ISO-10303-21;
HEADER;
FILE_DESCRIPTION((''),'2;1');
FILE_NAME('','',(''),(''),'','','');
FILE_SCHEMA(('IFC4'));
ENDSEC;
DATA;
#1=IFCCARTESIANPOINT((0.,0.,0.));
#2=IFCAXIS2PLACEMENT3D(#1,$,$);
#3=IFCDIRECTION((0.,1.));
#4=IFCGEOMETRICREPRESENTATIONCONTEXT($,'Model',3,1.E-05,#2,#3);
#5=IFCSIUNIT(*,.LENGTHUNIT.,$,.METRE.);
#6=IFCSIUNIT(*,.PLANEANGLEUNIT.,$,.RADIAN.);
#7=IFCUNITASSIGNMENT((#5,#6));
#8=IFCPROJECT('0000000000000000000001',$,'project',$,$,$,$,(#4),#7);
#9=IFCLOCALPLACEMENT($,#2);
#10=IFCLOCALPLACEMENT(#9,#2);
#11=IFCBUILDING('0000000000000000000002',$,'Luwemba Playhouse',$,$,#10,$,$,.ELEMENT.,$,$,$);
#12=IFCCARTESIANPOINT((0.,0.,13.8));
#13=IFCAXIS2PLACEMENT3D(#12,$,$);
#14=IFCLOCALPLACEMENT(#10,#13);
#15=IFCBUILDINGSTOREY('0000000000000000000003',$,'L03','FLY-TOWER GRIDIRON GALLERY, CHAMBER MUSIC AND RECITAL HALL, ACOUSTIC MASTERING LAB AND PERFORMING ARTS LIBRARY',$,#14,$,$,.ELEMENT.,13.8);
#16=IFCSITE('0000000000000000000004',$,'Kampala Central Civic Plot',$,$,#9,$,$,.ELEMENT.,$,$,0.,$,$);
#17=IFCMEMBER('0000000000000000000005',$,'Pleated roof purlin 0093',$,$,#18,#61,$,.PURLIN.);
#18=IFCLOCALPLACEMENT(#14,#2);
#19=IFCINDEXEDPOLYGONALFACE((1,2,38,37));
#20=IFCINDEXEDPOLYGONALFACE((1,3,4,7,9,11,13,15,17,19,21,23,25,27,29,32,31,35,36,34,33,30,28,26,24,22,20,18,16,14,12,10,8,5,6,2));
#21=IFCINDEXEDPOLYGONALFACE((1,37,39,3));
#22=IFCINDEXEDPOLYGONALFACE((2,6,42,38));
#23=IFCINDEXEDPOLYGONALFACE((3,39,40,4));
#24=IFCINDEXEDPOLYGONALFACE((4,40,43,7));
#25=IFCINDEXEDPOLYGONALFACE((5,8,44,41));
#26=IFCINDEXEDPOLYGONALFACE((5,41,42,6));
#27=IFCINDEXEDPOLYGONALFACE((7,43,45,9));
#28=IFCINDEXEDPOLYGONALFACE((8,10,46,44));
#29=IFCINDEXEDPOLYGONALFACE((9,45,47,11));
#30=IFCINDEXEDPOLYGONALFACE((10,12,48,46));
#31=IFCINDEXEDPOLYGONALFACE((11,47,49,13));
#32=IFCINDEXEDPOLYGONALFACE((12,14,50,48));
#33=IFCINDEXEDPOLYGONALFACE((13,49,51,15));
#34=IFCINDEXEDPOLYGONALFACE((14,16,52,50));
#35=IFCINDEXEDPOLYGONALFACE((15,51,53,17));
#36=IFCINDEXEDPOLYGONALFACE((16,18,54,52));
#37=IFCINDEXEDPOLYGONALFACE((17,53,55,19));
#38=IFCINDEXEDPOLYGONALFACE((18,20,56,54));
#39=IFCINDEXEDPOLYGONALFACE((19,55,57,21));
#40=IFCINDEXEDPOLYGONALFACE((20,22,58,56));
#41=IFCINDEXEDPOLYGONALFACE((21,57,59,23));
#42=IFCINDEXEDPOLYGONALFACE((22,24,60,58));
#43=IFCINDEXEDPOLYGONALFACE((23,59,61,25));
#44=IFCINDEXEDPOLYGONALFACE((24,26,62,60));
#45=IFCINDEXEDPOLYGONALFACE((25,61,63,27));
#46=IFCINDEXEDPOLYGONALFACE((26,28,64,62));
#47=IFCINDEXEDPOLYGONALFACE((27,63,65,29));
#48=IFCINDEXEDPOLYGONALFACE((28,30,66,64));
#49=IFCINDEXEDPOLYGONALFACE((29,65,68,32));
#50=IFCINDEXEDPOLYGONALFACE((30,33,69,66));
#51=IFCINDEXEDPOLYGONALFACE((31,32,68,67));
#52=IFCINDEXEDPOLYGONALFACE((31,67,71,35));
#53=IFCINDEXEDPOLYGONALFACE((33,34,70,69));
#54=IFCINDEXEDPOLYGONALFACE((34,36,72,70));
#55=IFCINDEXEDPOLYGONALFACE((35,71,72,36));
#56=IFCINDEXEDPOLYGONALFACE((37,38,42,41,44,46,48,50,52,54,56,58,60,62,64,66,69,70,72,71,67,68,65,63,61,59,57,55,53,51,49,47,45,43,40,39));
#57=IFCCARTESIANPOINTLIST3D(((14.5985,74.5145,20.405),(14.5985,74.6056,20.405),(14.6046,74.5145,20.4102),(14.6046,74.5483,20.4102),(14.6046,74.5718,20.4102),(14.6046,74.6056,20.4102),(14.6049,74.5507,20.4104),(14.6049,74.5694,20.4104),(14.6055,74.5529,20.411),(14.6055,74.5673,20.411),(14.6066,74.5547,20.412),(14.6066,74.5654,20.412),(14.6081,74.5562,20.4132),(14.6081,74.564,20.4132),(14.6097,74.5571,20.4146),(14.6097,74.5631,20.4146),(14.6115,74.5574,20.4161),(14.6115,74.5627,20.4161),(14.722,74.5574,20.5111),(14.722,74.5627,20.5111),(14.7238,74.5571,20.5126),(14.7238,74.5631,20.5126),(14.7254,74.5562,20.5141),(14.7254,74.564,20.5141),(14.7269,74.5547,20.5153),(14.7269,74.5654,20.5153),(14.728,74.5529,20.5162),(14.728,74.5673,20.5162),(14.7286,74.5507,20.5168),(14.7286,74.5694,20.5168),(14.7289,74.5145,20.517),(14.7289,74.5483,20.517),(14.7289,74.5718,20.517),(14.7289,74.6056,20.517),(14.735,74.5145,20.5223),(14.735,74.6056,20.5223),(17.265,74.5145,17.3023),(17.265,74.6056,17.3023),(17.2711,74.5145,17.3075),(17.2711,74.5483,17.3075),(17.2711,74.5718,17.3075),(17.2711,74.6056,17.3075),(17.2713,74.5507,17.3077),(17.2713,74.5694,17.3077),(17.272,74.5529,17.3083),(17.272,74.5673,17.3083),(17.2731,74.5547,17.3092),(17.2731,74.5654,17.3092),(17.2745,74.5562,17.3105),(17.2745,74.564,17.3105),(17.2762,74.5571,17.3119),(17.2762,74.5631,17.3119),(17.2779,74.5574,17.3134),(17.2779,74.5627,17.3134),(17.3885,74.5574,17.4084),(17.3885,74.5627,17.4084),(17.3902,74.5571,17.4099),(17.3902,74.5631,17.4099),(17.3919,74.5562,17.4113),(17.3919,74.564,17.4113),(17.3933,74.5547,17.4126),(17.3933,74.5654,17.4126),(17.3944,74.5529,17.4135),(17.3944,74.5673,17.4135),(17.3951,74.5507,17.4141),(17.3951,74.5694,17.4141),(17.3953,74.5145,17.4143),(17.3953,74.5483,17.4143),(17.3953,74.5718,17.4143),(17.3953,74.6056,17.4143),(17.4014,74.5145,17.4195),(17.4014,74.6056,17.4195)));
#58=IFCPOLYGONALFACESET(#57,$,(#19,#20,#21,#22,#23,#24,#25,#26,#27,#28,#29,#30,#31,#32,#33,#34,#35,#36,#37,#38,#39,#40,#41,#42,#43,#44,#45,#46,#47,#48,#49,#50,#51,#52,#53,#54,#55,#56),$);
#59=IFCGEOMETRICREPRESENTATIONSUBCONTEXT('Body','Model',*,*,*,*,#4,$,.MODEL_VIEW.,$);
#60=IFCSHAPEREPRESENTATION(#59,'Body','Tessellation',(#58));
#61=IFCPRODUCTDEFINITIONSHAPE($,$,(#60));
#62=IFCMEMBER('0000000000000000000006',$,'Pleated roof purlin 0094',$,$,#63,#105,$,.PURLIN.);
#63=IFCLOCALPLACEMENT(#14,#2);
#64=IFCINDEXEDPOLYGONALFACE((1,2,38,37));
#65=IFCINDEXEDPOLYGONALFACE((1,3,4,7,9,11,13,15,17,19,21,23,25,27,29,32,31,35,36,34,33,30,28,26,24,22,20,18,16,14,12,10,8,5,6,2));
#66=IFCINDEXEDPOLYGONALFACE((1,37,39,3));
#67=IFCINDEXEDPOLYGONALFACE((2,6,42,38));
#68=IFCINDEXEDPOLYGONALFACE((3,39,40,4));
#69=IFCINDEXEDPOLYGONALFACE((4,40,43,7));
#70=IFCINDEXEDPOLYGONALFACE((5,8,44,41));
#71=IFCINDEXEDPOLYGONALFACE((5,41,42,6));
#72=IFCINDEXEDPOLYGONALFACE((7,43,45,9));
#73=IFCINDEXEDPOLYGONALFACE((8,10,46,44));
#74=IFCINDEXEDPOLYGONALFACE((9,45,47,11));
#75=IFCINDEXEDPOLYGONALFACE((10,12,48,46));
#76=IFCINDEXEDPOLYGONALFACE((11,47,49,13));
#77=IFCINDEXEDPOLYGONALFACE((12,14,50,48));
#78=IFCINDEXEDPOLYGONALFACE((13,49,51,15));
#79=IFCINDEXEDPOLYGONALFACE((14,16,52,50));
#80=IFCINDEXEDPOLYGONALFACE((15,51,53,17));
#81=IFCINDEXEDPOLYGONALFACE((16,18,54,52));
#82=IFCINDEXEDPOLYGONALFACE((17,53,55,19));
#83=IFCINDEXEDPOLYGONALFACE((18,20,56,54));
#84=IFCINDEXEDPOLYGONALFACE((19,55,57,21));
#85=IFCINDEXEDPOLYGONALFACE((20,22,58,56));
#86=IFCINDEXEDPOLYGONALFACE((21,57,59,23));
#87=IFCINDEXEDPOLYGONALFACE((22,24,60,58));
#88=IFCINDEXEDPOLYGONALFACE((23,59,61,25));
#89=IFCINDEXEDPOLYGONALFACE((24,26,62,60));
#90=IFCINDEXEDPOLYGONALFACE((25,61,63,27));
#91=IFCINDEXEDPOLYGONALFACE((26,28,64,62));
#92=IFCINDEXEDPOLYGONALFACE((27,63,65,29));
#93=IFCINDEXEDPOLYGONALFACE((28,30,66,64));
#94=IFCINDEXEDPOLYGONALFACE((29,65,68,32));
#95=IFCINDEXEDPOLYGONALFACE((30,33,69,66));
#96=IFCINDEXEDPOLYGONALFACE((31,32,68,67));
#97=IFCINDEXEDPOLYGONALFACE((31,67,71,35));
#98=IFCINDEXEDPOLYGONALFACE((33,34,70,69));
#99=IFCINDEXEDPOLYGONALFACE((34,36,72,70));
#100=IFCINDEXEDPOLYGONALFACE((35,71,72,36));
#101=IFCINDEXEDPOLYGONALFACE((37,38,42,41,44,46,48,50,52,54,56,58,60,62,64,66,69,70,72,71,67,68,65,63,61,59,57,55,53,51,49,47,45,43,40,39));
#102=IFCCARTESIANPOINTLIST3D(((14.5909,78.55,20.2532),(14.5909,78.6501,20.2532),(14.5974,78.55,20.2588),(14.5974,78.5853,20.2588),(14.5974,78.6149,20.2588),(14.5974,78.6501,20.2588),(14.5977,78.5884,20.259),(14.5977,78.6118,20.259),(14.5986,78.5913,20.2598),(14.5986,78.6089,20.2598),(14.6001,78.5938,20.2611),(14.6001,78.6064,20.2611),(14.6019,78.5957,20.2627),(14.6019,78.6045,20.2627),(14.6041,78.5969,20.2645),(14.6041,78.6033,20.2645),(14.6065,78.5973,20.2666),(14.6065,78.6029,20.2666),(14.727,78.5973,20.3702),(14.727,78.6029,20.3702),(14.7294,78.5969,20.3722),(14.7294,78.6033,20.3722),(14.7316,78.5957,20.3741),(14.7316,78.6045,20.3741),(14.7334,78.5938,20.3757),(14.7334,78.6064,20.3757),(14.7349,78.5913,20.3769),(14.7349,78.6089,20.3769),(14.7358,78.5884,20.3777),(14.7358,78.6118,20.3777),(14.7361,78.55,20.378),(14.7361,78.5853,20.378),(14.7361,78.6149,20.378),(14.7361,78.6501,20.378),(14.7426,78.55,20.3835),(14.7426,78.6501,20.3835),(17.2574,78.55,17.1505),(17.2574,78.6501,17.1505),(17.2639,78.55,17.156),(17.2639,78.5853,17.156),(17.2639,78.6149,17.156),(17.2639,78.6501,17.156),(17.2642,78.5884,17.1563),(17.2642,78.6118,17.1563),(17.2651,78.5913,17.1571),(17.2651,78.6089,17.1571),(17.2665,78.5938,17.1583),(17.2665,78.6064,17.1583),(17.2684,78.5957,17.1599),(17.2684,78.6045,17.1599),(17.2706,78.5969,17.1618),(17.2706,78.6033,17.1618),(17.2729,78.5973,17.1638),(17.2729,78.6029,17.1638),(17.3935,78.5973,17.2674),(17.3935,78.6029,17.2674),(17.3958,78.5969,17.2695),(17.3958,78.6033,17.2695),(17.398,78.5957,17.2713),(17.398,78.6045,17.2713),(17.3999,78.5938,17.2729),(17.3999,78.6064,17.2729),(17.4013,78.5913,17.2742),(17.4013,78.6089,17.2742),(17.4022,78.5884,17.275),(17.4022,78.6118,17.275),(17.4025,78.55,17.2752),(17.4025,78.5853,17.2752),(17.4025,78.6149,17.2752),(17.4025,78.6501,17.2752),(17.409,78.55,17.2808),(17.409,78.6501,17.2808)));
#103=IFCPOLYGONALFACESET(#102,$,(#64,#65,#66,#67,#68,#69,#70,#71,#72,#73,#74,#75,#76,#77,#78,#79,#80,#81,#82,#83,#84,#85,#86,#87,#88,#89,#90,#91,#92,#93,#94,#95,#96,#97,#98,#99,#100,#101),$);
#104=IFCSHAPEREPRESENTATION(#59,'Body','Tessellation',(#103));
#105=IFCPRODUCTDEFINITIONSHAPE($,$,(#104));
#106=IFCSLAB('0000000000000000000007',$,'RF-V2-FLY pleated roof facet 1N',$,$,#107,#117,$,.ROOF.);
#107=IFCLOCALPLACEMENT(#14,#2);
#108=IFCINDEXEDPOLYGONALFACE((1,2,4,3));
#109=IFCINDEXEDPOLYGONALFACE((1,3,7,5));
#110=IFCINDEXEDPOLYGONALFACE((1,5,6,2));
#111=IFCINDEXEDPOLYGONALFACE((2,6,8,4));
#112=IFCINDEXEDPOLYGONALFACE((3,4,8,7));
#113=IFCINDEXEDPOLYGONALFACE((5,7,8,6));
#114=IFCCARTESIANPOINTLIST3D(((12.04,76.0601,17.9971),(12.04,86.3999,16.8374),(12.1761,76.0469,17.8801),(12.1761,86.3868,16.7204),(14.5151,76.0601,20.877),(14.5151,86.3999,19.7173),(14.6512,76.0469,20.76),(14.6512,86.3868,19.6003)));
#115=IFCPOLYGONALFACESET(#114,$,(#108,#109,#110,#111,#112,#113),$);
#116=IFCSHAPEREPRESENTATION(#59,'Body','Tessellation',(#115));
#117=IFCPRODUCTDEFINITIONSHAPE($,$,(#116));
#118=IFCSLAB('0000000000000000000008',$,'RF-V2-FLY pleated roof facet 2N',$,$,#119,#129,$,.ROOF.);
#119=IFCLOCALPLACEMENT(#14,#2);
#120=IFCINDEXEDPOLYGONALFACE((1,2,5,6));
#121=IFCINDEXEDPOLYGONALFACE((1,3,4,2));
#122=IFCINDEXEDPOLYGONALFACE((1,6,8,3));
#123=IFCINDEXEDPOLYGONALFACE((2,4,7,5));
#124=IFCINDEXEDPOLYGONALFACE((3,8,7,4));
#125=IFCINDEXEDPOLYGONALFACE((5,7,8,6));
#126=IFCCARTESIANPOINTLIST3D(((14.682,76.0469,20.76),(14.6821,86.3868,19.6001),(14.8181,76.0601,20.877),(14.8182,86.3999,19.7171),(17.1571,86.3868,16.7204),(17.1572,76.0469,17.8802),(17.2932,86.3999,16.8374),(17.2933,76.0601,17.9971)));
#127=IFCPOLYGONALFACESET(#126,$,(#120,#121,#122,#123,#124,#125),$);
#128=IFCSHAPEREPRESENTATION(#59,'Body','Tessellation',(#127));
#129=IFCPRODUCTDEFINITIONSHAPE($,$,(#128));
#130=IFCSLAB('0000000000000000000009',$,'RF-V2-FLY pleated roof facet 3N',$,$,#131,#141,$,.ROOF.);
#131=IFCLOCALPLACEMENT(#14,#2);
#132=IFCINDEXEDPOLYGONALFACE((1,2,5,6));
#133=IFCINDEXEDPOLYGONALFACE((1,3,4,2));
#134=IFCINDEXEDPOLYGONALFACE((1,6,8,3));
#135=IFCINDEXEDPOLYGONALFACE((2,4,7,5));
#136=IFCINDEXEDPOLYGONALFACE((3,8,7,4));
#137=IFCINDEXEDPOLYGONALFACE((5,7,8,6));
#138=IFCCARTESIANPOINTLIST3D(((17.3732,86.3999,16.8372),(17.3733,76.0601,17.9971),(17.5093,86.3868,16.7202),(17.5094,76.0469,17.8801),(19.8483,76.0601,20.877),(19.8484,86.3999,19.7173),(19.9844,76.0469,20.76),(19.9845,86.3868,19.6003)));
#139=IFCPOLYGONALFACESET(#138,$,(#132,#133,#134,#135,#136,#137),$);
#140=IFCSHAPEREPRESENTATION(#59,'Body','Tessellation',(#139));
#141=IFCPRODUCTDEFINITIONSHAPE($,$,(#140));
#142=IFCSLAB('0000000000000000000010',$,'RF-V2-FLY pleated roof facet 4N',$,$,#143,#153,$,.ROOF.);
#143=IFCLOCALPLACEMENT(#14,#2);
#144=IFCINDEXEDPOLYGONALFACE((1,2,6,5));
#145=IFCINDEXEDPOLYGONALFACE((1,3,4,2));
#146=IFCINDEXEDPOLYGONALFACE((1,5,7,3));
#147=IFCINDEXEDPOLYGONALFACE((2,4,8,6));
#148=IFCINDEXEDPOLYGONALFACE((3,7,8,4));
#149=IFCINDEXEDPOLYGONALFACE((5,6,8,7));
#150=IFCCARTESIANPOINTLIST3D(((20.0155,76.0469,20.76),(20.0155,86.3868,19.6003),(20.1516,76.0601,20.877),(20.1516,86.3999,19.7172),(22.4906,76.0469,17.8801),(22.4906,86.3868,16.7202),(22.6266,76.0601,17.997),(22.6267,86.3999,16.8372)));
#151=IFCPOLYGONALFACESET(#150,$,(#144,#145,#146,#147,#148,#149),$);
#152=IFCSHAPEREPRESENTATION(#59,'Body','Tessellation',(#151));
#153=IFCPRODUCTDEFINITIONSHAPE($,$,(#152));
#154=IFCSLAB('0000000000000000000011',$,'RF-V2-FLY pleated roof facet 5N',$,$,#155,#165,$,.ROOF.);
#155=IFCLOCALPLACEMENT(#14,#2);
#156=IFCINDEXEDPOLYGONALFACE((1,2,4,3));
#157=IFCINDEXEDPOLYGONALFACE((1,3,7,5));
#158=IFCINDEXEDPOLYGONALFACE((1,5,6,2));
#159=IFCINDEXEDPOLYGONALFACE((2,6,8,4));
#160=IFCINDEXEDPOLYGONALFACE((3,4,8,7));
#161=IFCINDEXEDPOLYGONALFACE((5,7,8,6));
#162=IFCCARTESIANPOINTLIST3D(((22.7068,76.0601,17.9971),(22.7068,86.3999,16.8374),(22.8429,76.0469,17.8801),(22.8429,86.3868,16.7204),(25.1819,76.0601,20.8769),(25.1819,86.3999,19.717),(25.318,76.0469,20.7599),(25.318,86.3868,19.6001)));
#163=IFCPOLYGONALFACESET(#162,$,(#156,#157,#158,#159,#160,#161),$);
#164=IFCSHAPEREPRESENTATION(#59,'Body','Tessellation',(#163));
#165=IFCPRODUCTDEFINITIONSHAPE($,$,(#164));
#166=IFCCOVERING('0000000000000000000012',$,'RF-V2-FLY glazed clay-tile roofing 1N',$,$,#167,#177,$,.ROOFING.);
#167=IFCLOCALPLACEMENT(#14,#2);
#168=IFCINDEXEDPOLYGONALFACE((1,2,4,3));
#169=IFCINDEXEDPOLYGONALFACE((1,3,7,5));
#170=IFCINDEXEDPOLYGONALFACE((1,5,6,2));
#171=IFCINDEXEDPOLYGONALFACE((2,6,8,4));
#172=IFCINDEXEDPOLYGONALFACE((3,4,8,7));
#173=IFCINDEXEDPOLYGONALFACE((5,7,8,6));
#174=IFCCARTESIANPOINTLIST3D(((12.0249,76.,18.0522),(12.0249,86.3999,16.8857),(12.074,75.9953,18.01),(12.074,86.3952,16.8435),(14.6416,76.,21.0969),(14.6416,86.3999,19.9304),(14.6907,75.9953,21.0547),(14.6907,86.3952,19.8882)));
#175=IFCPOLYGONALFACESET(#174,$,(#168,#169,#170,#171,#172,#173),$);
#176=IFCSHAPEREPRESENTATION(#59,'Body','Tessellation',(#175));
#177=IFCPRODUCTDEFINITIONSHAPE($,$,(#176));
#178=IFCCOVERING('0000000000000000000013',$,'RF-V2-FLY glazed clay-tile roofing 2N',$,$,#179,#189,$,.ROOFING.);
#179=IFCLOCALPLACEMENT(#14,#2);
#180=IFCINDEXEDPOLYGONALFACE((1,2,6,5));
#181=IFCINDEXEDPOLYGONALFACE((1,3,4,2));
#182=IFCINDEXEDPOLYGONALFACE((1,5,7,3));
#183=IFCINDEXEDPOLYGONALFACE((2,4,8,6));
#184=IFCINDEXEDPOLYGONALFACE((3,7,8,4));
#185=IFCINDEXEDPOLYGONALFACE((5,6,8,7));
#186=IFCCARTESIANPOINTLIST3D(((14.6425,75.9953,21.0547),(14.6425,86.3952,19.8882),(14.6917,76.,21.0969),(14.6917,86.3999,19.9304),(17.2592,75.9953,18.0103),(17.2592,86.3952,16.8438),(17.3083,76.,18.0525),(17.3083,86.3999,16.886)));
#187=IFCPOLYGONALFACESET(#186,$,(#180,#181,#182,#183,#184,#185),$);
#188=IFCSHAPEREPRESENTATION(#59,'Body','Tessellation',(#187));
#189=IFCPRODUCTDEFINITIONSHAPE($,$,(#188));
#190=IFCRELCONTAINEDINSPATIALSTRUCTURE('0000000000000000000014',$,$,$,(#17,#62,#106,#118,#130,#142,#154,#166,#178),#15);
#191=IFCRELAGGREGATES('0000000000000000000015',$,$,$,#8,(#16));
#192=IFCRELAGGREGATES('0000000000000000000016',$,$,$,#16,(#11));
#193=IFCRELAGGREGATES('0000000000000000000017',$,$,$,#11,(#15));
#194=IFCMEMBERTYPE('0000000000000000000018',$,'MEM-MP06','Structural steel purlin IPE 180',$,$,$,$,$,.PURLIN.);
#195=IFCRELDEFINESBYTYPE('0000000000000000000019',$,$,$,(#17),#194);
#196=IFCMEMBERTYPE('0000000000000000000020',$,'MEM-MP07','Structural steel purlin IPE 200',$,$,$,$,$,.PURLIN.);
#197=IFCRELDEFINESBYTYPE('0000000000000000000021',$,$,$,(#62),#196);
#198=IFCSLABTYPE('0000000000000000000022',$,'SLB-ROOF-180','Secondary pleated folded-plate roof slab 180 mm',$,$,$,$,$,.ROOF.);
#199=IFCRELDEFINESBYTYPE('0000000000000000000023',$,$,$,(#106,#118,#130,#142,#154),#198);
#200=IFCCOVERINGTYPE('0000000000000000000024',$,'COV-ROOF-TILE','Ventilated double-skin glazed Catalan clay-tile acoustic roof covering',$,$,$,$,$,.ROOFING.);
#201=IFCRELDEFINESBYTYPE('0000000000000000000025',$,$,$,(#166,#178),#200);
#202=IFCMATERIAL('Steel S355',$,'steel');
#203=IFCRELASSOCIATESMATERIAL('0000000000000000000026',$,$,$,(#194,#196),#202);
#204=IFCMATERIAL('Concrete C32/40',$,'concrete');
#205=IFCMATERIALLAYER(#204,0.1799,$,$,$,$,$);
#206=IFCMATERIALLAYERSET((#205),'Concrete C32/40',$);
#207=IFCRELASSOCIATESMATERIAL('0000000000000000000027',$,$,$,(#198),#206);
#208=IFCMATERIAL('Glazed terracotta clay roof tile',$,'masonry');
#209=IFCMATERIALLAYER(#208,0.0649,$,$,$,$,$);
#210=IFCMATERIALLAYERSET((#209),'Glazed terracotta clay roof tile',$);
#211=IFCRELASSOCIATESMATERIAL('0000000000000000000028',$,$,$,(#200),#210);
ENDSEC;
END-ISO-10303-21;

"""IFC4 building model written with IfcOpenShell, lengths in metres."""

from ifc_helpers import new_model, si_unit, direction, frame, origin, origin_2d, place, context, subcontext, project, spatial, polyline, i_section, outline, extrude, material, layer, layer_set, material_profile, profile_set, type_object, element, save


model = new_model("IFC4")

# Units and contexts
model_context = context("Model", 3, precision=1e-05, world=origin(), true_north=direction((0.0, 1.0)))
body_context = subcontext(model_context, "Body", "Model", "MODEL_VIEW")
ifc_project = project(units=[si_unit("LENGTHUNIT", "METRE"), si_unit("PLANEANGLEUNIT", "RADIAN")], contexts=[model_context])

# Site, building, storey
site_placement = place(None, origin())
site = spatial("IfcSite", under=ifc_project, at=site_placement, Name="Kampala Central Civic Plot", CompositionType="ELEMENT", RefElevation=0.0)
building_placement = place(site_placement, origin())
building = spatial("IfcBuilding", under=site, at=building_placement, Name="Luwemba Playhouse", CompositionType="ELEMENT")
storey_placement = place(building_placement, frame((0.0, 0.0, 13.8)))
storey = spatial("IfcBuildingStorey", under=building, at=storey_placement, Name="L03", Description="FLY-TOWER GRIDIRON GALLERY, CHAMBER MUSIC AND RECITAL HALL, ACOUSTIC MASTERING LAB AND PERFORMING ARTS LIBRARY", CompositionType="ELEMENT", Elevation=13.8)

# Shared definitions
ifc_material_1 = material(Name="Steel S355", Category="steel")

# Members
ifc_material_profile_1 = material_profile(ifc_material_1, i_section(OverallWidth=0.0911, OverallDepth=0.1799, WebThickness=0.0054, FlangeThickness=0.0081, FilletRadius=0.009, at=origin_2d()))
ifc_profile_set_1 = profile_set([ifc_material_profile_1], Name="Steel S355")
member_type_1 = type_object("IfcMemberType", Name="MEM-MP06", Description="Structural steel purlin IPE 180", PredefinedType="PURLIN", material=ifc_profile_set_1)
member_1_placement = place(storey_placement, frame((14.6667, 74.5601, 20.4636), z_axis=(0.651774, 0.0, -0.758413), x_axis=(0.0, 1.0, 0.0)))
element("IfcMember", 1, at=member_1_placement, inside=storey, type_object=member_type_1, Name="Pleated roof purlin 0093", PredefinedType="PURLIN", context=body_context, shape_type="SweptSolid", body=[
    extrude(i_section(OverallWidth=0.0911, OverallDepth=0.1799, WebThickness=0.0054, FlangeThickness=0.0081, FilletRadius=0.009, at=origin_2d()), origin(), (0.0, 0.0, 1.0), 4.0911),
])
ifc_material_profile_2 = material_profile(ifc_material_1, i_section(OverallWidth=0.1001, OverallDepth=0.2, WebThickness=0.0056, FlangeThickness=0.0085, FilletRadius=0.012, at=origin_2d()))
ifc_profile_set_2 = profile_set([ifc_material_profile_2], Name="Steel S355")
member_type_2 = type_object("IfcMemberType", Name="MEM-MP07", Description="Structural steel purlin IPE 200", PredefinedType="PURLIN", material=ifc_profile_set_2)
member_2_placement = place(storey_placement, frame((14.6667, 78.6001, 20.3184), z_axis=(0.651774, 0.0, -0.758413), x_axis=(0.0, 1.0, 0.0)))
element("IfcMember", 2, at=member_2_placement, inside=storey, type_object=member_type_2, Name="Pleated roof purlin 0094", PredefinedType="PURLIN", context=body_context, shape_type="SweptSolid", body=[
    extrude(i_section(OverallWidth=0.1001, OverallDepth=0.2, WebThickness=0.0056, FlangeThickness=0.0085, FilletRadius=0.012, at=origin_2d()), origin(), (0.0, 0.0, 1.0), 4.0911),
])

# Slabs
ifc_material_2 = material(Name="Concrete C32/40", Category="concrete")
ifc_layer_1 = layer(ifc_material_2, 0.1799)
ifc_layer_set_1 = layer_set([ifc_layer_1], Name="Concrete C32/40")
slab_type = type_object("IfcSlabType", Name="SLB-ROOF-180", Description="Secondary pleated folded-plate roof slab 180 mm", PredefinedType="ROOF", material=ifc_layer_set_1)
slab_1_placement = place(storey_placement, frame((12.04, 76.0601, 17.9971), z_axis=(-0.756375, 0.072908, 0.650062), x_axis=(0.651797, 0.0, 0.758394)))
element("IfcSlab", 3, at=slab_1_placement, inside=storey, type_object=slab_type, Name="RF-V2-FLY pleated roof facet 1N", PredefinedType="ROOF", context=body_context, shape_type="SweptSolid", body=[
    extrude(outline(polyline([(0.0, 0.0), (3.7973, 0.0), (2.9179, 10.3674), (-0.8795, 10.3674), (0.0, 0.0)])), origin(), (0.0, 0.0, -1.0), 0.1799),
])
slab_2_placement = place(storey_placement, frame((14.8181, 76.0601, 20.877), z_axis=(0.756361, 0.072917, 0.650078), x_axis=(0.651813, 0.000002, -0.75838)))
element("IfcSlab", 4, at=slab_2_placement, inside=storey, type_object=slab_type, Name="RF-V2-FLY pleated roof facet 2N", PredefinedType="ROOF", context=body_context, shape_type="SweptSolid", body=[
    extrude(outline(polyline([(0.0, 0.0), (3.7973, 0.0), (4.6768, 10.3674), (0.8797, 10.3674), (0.0, 0.0)])), origin(), (0.0, 0.0, -1.0), 0.1799),
])
slab_3_placement = place(storey_placement, frame((17.3733, 76.0601, 17.9971), z_axis=(-0.756389, 0.072914, 0.650046), x_axis=(0.651781, 0.000002, 0.758407)))
element("IfcSlab", 5, at=slab_3_placement, inside=storey, type_object=slab_type, Name="RF-V2-FLY pleated roof facet 3N", PredefinedType="ROOF", context=body_context, shape_type="SweptSolid", body=[
    extrude(outline(polyline([(0.0, 0.0), (3.7973, 0.0), (2.9179, 10.3674), (-0.8797, 10.3674), (0.0, 0.0)])), origin(), (0.0, 0.0, -1.0), 0.1799),
])
slab_4_placement = place(storey_placement, frame((20.1516, 76.0601, 20.877), z_axis=(0.756389, 0.072914, 0.650046), x_axis=(0.651781, -0.000002, -0.758407)))
element("IfcSlab", 6, at=slab_4_placement, inside=storey, type_object=slab_type, Name="RF-V2-FLY pleated roof facet 4N", PredefinedType="ROOF", context=body_context, shape_type="SweptSolid", body=[
    extrude(outline(polyline([(0.0, 0.0), (3.7973, 0.0), (4.677, 10.3674), (0.8795, 10.3674), (0.0, 0.0)])), origin(), (0.0, 0.0, -1.0), 0.1799),
])
slab_5_placement = place(storey_placement, frame((22.7068, 76.0601, 17.9971), z_axis=(-0.756361, 0.072917, 0.650078), x_axis=(0.651813, -0.000002, 0.75838)))
element("IfcSlab", 7, at=slab_5_placement, inside=storey, type_object=slab_type, Name="RF-V2-FLY pleated roof facet 5N", PredefinedType="ROOF", context=body_context, shape_type="SweptSolid", body=[
    extrude(outline(polyline([(0.0, 0.0), (3.7973, 0.0), (2.9177, 10.3674), (-0.8795, 10.3674), (0.0, 0.0)])), origin(), (0.0, 0.0, -1.0), 0.1799),
])

# Coverings
ifc_material_3 = material(Name="Glazed terracotta clay roof tile", Category="masonry")
ifc_layer_2 = layer(ifc_material_3, 0.0649)
ifc_layer_set_2 = layer_set([ifc_layer_2], Name="Glazed terracotta clay roof tile")
covering_type = type_object("IfcCoveringType", Name="COV-ROOF-TILE", Description="Ventilated double-skin glazed Catalan clay-tile acoustic roof covering", PredefinedType="ROOFING", material=ifc_layer_set_2)
covering_1_placement = place(storey_placement, frame((12.0249, 76.0, 18.0522), z_axis=(-0.756379, 0.072914, 0.650058), x_axis=(0.651792, 0.0, 0.758397)))
element("IfcCovering", 8, at=covering_1_placement, inside=storey, type_object=covering_type, Name="RF-V2-FLY glazed clay-tile roofing 1N", PredefinedType="ROOFING", context=body_context, shape_type="SweptSolid", body=[
    extrude(outline(polyline([(0.0, 0.0), (4.0146, 0.0), (3.1299, 10.4277), (-0.8847, 10.4277), (0.0, 0.0)])), origin(), (0.0, 0.0, -1.0), 0.0649),
])
covering_2_placement = place(storey_placement, frame((14.6917, 76.0, 21.0969), z_axis=(0.756353, 0.072917, 0.650087), x_axis=(0.651822, 0.0, -0.758372)))
element("IfcCovering", 9, at=covering_2_placement, inside=storey, type_object=covering_type, Name="RF-V2-FLY glazed clay-tile roofing 2N", PredefinedType="ROOFING", context=body_context, shape_type="SweptSolid", body=[
    extrude(outline(polyline([(0.0, 0.0), (4.0144, 0.0), (4.8991, 10.4277), (0.8846, 10.4277), (0.0, 0.0)])), origin(), (0.0, 0.0, -1.0), 0.0649),
])

save(model, "model.ifc")
